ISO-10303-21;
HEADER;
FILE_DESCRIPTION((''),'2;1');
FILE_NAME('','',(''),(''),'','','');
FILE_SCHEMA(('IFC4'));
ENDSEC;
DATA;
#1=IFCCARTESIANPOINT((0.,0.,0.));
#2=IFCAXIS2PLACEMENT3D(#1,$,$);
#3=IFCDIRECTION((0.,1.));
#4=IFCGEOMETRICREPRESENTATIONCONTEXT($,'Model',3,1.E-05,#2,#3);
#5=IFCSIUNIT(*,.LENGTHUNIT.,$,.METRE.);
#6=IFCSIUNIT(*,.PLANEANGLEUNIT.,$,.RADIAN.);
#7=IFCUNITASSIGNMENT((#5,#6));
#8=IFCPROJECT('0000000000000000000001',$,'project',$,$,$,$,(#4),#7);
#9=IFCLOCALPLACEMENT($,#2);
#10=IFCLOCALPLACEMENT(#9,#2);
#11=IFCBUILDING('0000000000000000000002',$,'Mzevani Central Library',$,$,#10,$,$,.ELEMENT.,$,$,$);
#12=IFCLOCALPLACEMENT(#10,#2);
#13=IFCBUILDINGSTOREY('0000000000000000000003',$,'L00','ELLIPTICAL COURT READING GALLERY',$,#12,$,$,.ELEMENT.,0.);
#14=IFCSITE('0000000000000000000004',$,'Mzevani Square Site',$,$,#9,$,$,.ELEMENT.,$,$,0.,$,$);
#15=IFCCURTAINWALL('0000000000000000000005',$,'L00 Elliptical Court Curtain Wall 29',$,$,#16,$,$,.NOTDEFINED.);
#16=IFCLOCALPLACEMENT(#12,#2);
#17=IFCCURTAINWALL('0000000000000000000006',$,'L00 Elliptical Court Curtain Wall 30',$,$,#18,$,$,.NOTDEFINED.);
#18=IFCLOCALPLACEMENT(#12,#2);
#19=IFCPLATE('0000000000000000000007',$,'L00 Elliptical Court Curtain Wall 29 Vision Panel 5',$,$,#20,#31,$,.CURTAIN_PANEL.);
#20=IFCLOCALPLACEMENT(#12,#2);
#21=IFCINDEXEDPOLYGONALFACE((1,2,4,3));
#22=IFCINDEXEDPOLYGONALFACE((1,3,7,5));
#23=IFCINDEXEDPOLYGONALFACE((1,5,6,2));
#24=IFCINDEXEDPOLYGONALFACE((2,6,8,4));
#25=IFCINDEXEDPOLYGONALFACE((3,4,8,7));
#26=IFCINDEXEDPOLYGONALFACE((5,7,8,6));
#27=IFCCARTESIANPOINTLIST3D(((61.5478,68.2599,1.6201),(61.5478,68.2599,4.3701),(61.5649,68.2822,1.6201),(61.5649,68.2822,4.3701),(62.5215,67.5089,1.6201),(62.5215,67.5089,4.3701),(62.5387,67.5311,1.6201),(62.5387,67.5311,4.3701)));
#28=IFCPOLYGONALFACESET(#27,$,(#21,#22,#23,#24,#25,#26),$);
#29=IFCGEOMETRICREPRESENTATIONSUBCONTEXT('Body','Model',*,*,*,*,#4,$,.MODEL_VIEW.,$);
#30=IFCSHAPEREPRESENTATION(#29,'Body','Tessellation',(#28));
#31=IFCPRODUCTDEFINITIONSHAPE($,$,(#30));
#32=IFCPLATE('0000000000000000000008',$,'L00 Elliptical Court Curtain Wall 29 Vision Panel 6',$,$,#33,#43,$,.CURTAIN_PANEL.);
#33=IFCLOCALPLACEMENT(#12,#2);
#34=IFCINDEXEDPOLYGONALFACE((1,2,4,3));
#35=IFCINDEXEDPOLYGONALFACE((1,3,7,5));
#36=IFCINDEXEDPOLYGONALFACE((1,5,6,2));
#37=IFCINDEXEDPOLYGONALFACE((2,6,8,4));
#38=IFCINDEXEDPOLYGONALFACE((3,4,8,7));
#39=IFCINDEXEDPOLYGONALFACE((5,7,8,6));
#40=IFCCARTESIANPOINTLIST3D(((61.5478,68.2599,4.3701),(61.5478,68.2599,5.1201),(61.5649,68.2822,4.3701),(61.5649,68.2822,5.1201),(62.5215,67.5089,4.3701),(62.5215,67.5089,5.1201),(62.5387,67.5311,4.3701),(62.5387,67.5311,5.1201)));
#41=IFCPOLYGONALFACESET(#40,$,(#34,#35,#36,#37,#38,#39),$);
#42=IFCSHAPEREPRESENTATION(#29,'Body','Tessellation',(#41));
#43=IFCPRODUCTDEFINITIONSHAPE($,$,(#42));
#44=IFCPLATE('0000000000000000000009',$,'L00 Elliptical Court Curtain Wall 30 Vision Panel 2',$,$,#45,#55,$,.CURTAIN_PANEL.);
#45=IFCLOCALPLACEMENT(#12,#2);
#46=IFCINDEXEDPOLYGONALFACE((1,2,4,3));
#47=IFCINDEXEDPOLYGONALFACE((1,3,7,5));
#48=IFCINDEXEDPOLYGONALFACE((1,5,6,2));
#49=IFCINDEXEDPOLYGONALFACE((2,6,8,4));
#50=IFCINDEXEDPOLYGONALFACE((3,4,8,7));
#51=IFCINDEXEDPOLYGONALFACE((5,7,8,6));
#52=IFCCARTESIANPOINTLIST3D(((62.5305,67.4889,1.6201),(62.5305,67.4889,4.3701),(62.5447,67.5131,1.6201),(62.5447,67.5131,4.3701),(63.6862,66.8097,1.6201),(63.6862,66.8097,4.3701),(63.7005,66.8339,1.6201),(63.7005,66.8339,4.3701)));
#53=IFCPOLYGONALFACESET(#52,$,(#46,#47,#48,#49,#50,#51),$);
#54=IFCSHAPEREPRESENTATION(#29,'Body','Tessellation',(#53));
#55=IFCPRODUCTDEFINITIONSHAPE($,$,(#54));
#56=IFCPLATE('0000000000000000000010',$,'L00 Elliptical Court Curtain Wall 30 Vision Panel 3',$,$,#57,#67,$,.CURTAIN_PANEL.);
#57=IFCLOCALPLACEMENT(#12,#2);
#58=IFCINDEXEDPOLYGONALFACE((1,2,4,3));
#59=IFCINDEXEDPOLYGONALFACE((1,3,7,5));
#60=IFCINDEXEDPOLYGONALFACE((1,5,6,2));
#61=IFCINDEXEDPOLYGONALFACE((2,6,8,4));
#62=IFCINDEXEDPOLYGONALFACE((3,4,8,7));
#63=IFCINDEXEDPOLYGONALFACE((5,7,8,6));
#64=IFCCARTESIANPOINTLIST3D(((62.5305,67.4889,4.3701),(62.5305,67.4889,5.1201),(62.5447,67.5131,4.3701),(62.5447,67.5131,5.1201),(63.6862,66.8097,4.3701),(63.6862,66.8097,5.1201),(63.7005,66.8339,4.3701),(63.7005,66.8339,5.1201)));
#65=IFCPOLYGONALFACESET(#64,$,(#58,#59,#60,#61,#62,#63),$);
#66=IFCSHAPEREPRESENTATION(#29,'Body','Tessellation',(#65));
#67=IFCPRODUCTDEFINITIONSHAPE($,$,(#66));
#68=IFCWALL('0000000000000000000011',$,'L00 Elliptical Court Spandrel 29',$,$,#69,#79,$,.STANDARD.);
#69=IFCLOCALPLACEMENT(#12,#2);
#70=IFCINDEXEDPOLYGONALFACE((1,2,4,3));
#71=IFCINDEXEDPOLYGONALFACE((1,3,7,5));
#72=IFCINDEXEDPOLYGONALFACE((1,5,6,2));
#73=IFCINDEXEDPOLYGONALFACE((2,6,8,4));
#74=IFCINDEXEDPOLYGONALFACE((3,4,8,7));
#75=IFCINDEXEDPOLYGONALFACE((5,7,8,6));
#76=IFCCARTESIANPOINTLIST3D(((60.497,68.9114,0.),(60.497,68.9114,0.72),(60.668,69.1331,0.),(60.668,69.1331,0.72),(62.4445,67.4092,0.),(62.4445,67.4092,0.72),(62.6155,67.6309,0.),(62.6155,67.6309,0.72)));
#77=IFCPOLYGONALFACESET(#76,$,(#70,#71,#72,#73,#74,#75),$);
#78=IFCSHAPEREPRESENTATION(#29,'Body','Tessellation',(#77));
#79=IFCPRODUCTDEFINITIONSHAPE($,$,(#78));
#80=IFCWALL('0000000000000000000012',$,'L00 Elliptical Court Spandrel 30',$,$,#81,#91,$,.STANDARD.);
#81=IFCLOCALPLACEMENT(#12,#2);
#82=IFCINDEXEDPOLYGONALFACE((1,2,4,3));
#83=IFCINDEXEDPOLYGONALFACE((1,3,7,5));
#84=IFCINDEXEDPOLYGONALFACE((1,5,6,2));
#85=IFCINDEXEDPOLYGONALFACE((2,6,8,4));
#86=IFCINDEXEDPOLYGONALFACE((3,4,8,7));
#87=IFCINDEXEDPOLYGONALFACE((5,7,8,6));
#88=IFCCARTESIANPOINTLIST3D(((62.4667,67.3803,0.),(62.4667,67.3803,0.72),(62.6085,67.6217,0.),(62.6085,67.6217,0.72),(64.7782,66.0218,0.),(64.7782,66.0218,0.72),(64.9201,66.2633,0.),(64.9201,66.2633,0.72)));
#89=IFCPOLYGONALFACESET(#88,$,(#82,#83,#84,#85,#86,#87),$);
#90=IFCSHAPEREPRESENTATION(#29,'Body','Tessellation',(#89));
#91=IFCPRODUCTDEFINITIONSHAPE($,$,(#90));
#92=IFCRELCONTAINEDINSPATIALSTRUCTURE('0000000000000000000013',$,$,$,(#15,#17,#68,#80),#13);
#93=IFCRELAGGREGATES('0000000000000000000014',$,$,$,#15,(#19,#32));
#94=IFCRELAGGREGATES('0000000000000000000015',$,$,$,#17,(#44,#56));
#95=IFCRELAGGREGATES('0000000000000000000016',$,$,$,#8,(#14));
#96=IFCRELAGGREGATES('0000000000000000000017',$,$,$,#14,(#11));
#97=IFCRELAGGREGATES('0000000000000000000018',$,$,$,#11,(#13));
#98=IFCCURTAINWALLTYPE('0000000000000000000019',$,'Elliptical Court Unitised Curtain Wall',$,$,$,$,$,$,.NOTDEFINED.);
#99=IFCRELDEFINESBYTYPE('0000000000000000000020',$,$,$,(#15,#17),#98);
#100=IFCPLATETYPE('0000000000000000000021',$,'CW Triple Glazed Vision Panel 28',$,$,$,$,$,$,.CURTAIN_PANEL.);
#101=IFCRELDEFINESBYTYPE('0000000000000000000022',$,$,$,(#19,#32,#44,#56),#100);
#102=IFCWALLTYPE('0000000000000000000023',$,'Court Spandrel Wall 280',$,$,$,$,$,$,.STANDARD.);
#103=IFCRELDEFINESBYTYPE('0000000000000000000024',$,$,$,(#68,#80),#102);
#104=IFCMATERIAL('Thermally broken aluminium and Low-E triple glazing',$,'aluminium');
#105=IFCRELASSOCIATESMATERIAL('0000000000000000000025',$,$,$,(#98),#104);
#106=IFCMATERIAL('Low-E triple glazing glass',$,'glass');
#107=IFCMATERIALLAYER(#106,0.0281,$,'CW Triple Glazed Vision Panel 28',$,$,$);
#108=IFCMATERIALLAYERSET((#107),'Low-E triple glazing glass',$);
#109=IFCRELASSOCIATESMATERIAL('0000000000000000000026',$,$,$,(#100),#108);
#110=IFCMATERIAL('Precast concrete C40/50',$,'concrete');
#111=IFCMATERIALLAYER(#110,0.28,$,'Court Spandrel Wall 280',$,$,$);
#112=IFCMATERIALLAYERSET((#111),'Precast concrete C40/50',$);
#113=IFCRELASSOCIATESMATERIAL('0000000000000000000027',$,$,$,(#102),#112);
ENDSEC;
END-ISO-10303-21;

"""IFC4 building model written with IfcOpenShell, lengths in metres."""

from ifc_helpers import new_model, si_unit, direction, frame, frame_2d, origin, origin_2d, place, context, subcontext, project, spatial, rectangle, extrude, material, layer, layer_set, type_object, element, aggregate, save


model = new_model("IFC4")

# Units and contexts
model_context = context("Model", 3, precision=1e-05, world=origin(), true_north=direction((0.0, 1.0)))
body_context = subcontext(model_context, "Body", "Model", "MODEL_VIEW")
ifc_project = project(units=[si_unit("LENGTHUNIT", "METRE"), si_unit("PLANEANGLEUNIT", "RADIAN")], contexts=[model_context])

# Site, building, storey
site_placement = place(None, origin())
site = spatial("IfcSite", under=ifc_project, at=site_placement, Name="Mzevani Square Site", CompositionType="ELEMENT", RefElevation=0.0)
building_placement = place(site_placement, origin())
building = spatial("IfcBuilding", under=site, at=building_placement, Name="Mzevani Central Library", CompositionType="ELEMENT")
storey_placement = place(building_placement, origin())
storey = spatial("IfcBuildingStorey", under=building, at=storey_placement, Name="L00", Description="ELLIPTICAL COURT READING GALLERY", CompositionType="ELEMENT", Elevation=0.0)

# Shared definitions
ifc_material_1 = material(Name="Thermally broken aluminium and Low-E triple glazing", Category="aluminium")

# Curtain wall
curtain_wall_type_1 = type_object("IfcCurtainWallType", Name="Elliptical Court Unitised Curtain Wall", PredefinedType="NOTDEFINED", material=ifc_material_1)
curtain_wall_1_placement = place(storey_placement, origin())
curtain_wall_1 = element("IfcCurtainWall", 1, at=curtain_wall_1_placement, inside=storey, type_object=curtain_wall_type_1, Name="L00 Elliptical Court Curtain Wall 29", PredefinedType="NOTDEFINED")

# Curtain wall
curtain_wall_2_placement = place(storey_placement, origin())
curtain_wall_2 = element("IfcCurtainWall", 2, at=curtain_wall_2_placement, inside=storey, type_object=curtain_wall_type_1, Name="L00 Elliptical Court Curtain Wall 30", PredefinedType="NOTDEFINED")

# Plates
ifc_material_2 = material(Name="Low-E triple glazing glass", Category="glass")
ifc_layer_1 = layer(ifc_material_2, 0.0281, Name="CW Triple Glazed Vision Panel 28")
ifc_layer_set_1 = layer_set([ifc_layer_1], Name="Low-E triple glazing glass")
plate_type_1 = type_object("IfcPlateType", Name="CW Triple Glazed Vision Panel 28", PredefinedType="CURTAIN_PANEL", material=ifc_layer_set_1)
plate_1_placement = place(storey_placement, frame((62.0432, 67.8955, 1.6201), z_axis=(0.0, 0.0, 1.0), x_axis=(0.791828, -0.610744, 0.0)))
plate_1 = element("IfcPlate", 3, at=plate_1_placement, type_object=plate_type_1, Name="L00 Elliptical Court Curtain Wall 29 Vision Panel 5", PredefinedType="CURTAIN_PANEL", context=body_context, shape_type="SweptSolid", body=[
    extrude(rectangle(XDim=1.2297, YDim=0.0281, at=origin_2d()), origin(), (0.0, 0.0, 1.0), 2.75),
])
plate_2_placement = place(storey_placement, frame((62.0432, 67.8955, 4.3701), z_axis=(0.0, 0.0, 1.0), x_axis=(0.791828, -0.610744, 0.0)))
plate_2 = element("IfcPlate", 4, at=plate_2_placement, type_object=plate_type_1, Name="L00 Elliptical Court Curtain Wall 29 Vision Panel 6", PredefinedType="CURTAIN_PANEL", context=body_context, shape_type="SweptSolid", body=[
    extrude(rectangle(XDim=1.2297, YDim=0.0281, at=origin_2d()), origin(), (0.0, 0.0, 1.0), 0.75),
])
aggregate(curtain_wall_1, [plate_1, plate_2])
plate_3_placement = place(storey_placement, frame((63.1155, 67.1614, 1.6201), z_axis=(0.0, 0.0, 1.0), x_axis=(0.862137, -0.506675, 0.0)))
plate_3 = element("IfcPlate", 5, at=plate_3_placement, type_object=plate_type_1, Name="L00 Elliptical Court Curtain Wall 30 Vision Panel 2", PredefinedType="CURTAIN_PANEL", context=body_context, shape_type="SweptSolid", body=[
    extrude(rectangle(XDim=1.3406, YDim=0.0281, at=origin_2d()), origin(), (0.0, 0.0, 1.0), 2.75),
])
plate_4_placement = place(storey_placement, frame((63.1155, 67.1614, 4.3701), z_axis=(0.0, 0.0, 1.0), x_axis=(0.862137, -0.506675, 0.0)))
plate_4 = element("IfcPlate", 6, at=plate_4_placement, type_object=plate_type_1, Name="L00 Elliptical Court Curtain Wall 30 Vision Panel 3", PredefinedType="CURTAIN_PANEL", context=body_context, shape_type="SweptSolid", body=[
    extrude(rectangle(XDim=1.3406, YDim=0.0281, at=origin_2d()), origin(), (0.0, 0.0, 1.0), 0.75),
])
aggregate(curtain_wall_2, [plate_3, plate_4])

# Walls
ifc_material_3 = material(Name="Precast concrete C40/50", Category="concrete")
ifc_layer_2 = layer(ifc_material_3, 0.28, Name="Court Spandrel Wall 280")
ifc_layer_set_2 = layer_set([ifc_layer_2], Name="Precast concrete C40/50")
wall_type = type_object("IfcWallType", Name="Court Spandrel Wall 280", PredefinedType="STANDARD", material=ifc_layer_set_2)
wall_1_placement = place(storey_placement, frame((60.5825, 69.0222, 0.0), z_axis=(0.0, 0.0, 1.0), x_axis=(0.791815, -0.610761, 0.0)))
element("IfcWall", 7, at=wall_1_placement, inside=storey, type_object=wall_type, Name="L00 Elliptical Court Spandrel 29", PredefinedType="STANDARD", context=body_context, shape_type="SweptSolid", body=[
    extrude(rectangle(XDim=2.4595, YDim=0.28, at=frame_2d((1.2297, 0.0))), origin(), (0.0, 0.0, 1.0), 0.72),
])
wall_2_placement = place(storey_placement, frame((62.5376, 67.501, 0.0), z_axis=(0.0, 0.0, 1.0), x_axis=(0.862149, -0.506654, 0.0)))
element("IfcWall", 8, at=wall_2_placement, inside=storey, type_object=wall_type, Name="L00 Elliptical Court Spandrel 30", PredefinedType="STANDARD", context=body_context, shape_type="SweptSolid", body=[
    extrude(rectangle(XDim=2.6812, YDim=0.28, at=frame_2d((1.3406, 0.0))), origin(), (0.0, 0.0, 1.0), 0.72),
])

save(model, "model.ifc")
